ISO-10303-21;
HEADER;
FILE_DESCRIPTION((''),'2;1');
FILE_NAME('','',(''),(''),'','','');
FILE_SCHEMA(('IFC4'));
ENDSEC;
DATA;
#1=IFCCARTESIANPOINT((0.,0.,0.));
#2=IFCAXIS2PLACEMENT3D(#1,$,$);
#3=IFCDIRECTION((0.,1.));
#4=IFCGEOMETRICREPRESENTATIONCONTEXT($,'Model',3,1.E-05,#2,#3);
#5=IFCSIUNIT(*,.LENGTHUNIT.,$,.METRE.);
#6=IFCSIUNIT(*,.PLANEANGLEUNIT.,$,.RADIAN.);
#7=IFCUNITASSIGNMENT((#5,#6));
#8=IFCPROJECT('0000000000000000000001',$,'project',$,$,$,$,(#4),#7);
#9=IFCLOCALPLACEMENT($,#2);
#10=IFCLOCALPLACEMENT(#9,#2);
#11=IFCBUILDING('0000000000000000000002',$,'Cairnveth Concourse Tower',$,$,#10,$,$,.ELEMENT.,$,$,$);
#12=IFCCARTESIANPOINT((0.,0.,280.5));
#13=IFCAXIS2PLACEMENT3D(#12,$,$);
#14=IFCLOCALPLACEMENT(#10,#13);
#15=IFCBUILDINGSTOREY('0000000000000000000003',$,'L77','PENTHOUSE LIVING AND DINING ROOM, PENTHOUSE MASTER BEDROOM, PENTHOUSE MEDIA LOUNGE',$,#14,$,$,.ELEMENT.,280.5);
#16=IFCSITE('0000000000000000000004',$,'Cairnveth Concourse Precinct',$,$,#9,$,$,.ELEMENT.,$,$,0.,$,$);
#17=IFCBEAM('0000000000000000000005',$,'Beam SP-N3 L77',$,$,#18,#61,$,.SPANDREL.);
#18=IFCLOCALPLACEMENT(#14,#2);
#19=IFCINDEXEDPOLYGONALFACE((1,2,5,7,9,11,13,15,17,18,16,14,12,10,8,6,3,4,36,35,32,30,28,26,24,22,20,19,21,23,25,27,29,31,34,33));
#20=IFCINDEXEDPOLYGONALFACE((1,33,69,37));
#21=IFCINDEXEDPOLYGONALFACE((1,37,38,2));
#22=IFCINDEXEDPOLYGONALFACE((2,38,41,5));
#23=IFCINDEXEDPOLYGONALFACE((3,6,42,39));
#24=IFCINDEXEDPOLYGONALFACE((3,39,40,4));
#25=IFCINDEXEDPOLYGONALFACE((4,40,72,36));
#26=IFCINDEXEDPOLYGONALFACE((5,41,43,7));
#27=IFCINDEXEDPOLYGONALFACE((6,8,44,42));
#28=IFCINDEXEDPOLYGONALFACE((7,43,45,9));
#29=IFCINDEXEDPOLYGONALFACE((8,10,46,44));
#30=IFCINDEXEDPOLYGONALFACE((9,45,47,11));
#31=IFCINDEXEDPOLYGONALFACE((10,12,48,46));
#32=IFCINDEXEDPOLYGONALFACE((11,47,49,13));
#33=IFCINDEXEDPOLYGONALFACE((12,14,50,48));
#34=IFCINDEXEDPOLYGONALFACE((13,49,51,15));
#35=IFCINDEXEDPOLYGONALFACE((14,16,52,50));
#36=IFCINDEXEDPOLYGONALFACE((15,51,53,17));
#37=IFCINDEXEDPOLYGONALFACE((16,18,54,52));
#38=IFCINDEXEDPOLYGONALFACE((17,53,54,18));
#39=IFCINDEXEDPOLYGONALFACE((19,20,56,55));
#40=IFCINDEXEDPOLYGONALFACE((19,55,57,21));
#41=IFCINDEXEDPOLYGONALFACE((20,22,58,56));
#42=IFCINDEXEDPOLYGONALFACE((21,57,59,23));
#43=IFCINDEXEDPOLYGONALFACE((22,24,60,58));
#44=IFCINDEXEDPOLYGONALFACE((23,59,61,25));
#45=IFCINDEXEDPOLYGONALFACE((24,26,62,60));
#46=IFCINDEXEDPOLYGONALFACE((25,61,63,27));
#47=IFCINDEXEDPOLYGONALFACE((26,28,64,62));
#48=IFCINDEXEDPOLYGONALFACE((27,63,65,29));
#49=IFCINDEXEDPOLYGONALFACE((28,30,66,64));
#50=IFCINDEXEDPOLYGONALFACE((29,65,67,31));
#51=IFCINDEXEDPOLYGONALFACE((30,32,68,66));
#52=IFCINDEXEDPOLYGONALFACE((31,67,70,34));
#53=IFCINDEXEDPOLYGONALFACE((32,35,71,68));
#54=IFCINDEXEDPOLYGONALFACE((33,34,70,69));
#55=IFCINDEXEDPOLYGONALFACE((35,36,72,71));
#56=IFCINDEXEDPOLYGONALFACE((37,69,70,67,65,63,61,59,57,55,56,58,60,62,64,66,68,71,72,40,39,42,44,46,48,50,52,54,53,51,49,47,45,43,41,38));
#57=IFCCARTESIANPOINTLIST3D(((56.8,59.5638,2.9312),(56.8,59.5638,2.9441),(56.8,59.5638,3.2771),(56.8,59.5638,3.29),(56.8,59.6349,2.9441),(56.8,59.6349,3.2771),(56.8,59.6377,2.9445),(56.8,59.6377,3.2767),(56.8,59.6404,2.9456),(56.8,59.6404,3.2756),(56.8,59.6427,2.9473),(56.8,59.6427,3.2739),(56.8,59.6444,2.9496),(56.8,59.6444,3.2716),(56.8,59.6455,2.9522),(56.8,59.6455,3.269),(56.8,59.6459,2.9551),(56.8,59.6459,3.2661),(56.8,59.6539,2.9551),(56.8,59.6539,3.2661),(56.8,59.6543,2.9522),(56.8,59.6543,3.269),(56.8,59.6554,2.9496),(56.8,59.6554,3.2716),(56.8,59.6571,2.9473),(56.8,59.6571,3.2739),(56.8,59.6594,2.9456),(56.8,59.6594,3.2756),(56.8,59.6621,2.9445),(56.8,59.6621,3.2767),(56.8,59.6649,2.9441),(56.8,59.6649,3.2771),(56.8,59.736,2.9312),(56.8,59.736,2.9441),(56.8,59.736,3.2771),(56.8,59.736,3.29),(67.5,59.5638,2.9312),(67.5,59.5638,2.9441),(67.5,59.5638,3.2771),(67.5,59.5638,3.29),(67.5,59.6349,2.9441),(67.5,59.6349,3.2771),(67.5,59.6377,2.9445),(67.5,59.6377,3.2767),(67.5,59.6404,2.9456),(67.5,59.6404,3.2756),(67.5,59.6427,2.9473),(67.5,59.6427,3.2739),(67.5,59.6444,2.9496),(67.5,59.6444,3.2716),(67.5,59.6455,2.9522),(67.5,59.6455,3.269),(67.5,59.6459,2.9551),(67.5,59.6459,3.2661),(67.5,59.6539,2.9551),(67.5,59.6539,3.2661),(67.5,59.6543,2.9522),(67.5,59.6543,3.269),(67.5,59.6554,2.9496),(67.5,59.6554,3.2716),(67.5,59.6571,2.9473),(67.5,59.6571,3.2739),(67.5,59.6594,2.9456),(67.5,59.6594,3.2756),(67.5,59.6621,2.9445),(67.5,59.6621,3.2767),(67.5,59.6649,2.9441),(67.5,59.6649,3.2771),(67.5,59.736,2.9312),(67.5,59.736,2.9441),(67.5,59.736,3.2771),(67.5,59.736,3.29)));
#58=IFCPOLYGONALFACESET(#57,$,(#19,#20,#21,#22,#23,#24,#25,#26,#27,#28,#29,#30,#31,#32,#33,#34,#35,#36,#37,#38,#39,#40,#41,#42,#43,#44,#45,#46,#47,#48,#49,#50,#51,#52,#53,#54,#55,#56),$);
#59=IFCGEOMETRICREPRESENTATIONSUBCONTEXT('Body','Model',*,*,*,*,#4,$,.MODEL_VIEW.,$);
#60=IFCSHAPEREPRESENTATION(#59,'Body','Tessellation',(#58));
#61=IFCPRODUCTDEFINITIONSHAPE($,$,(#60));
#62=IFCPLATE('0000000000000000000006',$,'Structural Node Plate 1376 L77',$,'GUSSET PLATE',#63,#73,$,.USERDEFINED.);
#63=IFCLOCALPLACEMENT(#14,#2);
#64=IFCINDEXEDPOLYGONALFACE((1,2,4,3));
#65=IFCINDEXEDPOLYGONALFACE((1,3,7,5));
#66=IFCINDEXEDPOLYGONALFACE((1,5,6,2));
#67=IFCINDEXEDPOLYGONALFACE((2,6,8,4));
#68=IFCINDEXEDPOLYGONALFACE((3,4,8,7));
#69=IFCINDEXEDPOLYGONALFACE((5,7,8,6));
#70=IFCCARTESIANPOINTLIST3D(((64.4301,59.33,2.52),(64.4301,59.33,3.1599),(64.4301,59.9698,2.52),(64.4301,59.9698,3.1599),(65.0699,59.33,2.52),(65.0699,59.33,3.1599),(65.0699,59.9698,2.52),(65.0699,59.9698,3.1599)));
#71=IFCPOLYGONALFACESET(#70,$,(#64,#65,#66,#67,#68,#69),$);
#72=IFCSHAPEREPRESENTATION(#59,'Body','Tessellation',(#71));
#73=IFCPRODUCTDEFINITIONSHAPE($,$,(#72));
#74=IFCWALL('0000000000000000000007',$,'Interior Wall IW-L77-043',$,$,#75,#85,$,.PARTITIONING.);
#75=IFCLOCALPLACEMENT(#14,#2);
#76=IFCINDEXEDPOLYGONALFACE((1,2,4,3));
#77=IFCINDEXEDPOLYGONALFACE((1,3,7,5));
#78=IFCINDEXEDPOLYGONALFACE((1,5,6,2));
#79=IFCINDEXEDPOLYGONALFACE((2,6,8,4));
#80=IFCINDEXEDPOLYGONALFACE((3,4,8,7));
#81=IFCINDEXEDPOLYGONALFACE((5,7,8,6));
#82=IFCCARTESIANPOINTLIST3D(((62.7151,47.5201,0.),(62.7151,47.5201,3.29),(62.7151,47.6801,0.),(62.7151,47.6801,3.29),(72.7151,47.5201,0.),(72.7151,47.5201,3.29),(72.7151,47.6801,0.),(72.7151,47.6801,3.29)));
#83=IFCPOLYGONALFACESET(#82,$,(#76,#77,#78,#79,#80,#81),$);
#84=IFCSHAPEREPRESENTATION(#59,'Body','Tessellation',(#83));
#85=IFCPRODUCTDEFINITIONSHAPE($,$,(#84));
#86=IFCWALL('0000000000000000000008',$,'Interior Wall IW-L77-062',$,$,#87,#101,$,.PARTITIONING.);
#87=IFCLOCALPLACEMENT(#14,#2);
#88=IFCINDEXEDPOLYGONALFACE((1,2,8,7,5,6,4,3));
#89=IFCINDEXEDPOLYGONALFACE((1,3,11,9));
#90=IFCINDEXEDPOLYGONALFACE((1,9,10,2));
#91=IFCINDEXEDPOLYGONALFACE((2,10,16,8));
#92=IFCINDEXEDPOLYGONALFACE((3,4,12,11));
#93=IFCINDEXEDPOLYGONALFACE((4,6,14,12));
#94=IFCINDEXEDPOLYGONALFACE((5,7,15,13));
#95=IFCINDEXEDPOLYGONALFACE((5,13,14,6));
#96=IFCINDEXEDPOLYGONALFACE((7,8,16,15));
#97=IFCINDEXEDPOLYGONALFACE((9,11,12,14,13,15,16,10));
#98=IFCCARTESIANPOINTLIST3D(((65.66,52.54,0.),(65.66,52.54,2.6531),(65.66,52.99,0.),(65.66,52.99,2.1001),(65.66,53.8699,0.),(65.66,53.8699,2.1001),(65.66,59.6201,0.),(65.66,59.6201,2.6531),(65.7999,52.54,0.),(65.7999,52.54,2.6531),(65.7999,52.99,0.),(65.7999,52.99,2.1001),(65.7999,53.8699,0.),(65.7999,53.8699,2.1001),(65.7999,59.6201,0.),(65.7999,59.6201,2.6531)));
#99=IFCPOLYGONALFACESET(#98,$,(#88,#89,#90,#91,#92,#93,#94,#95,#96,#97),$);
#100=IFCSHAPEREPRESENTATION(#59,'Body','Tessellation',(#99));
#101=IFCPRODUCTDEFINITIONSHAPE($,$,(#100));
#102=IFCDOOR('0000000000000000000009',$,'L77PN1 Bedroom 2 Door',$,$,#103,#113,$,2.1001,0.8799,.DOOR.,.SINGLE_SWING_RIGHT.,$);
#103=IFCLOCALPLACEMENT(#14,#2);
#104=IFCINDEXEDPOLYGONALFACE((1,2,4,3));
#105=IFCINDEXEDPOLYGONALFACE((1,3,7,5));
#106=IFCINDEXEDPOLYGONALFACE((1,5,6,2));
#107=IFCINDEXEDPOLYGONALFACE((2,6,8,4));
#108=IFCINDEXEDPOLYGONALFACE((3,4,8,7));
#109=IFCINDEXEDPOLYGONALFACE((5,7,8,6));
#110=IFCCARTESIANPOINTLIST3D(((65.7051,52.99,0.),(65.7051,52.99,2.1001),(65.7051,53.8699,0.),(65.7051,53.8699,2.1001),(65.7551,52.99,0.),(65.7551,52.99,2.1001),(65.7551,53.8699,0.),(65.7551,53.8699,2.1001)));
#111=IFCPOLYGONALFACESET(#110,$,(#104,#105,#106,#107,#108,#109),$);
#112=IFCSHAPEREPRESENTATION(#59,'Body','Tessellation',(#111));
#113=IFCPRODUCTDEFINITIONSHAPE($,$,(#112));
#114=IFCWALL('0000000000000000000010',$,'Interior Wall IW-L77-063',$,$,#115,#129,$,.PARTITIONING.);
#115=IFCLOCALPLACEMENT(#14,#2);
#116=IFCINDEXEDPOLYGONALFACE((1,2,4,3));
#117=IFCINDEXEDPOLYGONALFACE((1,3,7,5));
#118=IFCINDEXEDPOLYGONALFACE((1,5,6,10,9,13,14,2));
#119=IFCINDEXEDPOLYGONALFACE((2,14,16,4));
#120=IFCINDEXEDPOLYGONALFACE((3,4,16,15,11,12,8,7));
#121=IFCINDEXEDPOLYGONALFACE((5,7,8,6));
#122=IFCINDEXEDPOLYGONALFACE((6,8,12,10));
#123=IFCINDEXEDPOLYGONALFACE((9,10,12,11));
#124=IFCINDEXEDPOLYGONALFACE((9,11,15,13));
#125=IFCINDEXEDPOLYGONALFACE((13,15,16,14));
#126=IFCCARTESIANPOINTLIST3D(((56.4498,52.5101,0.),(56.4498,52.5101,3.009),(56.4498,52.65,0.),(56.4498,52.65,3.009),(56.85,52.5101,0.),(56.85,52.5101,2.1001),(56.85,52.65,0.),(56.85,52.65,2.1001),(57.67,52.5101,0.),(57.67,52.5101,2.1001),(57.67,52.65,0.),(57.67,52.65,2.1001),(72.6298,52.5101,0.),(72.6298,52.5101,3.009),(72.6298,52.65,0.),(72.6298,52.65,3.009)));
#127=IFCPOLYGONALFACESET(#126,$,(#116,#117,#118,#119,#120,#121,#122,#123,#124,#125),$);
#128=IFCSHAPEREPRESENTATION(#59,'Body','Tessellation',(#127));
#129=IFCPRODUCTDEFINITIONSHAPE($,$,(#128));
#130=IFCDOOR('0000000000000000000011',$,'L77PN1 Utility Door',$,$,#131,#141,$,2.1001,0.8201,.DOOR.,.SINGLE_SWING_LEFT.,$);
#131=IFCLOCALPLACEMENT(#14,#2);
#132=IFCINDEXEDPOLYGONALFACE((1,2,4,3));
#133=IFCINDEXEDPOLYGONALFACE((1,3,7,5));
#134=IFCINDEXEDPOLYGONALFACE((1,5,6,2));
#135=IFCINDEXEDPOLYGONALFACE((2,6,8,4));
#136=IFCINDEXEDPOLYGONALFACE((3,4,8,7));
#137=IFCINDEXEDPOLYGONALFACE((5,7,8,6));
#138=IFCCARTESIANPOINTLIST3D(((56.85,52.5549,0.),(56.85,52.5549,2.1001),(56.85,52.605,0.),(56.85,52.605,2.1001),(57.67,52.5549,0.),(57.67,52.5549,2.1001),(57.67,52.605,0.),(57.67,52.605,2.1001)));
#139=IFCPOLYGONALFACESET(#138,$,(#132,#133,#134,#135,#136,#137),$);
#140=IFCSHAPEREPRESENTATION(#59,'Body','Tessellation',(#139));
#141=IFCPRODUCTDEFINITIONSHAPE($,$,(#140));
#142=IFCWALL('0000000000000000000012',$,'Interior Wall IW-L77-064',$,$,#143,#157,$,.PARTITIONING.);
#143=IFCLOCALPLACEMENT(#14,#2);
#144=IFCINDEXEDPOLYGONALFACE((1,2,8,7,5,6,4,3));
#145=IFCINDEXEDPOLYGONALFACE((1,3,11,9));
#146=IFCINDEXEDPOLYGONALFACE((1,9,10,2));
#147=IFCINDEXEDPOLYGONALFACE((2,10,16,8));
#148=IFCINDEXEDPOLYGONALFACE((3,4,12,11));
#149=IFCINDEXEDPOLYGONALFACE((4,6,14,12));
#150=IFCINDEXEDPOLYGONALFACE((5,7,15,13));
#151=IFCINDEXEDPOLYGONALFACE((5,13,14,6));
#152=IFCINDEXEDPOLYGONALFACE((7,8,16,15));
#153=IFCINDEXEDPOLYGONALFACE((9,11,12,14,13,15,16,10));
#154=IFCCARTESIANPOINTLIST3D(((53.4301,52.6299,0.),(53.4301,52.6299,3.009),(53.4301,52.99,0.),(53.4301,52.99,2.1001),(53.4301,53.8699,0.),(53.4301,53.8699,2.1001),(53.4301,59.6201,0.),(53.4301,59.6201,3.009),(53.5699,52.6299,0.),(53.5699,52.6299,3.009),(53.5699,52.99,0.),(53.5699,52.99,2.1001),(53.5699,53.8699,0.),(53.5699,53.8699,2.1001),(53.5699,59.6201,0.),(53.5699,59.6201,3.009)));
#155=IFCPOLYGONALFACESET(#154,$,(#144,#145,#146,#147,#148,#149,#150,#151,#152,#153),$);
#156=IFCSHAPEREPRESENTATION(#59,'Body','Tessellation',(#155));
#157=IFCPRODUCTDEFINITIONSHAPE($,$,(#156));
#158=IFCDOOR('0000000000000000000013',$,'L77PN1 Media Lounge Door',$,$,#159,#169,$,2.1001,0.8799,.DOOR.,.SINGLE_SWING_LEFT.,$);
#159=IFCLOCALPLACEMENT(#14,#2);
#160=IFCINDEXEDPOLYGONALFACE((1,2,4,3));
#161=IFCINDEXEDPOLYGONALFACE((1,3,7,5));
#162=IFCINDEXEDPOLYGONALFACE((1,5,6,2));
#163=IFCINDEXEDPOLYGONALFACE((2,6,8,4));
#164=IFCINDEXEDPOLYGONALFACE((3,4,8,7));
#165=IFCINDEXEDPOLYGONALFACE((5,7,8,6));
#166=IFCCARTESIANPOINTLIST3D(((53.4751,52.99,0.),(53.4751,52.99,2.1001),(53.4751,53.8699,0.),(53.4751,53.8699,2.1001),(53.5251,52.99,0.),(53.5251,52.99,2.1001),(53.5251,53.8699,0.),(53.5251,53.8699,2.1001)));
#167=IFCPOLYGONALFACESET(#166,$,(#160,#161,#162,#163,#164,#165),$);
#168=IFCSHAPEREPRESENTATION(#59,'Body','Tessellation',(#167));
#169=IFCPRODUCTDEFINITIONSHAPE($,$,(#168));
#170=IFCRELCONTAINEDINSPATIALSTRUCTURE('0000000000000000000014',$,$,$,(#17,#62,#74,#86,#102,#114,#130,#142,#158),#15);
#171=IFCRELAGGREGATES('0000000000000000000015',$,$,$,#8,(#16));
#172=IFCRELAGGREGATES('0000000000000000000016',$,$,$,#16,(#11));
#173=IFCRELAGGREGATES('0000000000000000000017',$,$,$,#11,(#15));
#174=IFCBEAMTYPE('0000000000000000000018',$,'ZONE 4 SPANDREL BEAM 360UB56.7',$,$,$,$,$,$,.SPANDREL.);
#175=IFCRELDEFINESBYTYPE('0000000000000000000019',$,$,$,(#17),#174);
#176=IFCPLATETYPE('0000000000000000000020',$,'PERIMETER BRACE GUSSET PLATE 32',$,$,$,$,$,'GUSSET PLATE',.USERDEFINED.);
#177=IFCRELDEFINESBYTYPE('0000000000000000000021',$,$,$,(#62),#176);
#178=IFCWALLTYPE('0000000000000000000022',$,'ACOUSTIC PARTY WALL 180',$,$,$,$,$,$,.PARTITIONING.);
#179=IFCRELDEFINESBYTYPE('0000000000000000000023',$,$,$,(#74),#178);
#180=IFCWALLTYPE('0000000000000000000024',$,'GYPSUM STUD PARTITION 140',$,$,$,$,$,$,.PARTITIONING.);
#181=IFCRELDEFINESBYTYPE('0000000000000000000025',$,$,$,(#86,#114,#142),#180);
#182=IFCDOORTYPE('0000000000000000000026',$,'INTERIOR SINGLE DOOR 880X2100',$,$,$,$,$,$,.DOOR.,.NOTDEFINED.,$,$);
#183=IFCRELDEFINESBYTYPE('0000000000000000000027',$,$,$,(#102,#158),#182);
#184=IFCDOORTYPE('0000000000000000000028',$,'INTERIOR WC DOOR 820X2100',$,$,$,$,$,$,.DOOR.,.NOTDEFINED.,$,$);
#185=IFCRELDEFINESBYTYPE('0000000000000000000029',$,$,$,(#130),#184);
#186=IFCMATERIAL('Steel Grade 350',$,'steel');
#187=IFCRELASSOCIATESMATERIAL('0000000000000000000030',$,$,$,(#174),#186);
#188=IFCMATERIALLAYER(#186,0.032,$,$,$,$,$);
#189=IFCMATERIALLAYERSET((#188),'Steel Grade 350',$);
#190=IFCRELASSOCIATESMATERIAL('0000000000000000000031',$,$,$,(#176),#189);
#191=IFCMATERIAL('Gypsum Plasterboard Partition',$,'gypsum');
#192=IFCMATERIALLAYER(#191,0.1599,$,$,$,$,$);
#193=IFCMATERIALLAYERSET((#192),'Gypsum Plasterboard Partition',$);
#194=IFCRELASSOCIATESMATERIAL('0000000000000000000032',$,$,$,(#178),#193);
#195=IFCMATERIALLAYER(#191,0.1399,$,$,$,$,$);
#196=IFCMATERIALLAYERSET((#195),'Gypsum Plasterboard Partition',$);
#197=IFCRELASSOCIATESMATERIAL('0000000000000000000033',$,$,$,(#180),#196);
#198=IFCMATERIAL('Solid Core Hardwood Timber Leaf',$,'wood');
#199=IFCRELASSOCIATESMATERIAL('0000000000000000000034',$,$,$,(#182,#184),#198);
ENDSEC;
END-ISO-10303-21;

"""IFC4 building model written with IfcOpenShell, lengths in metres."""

from ifc_helpers import new_model, si_unit, direction, frame, frame_2d, origin, origin_2d, place, context, subcontext, project, spatial, rectangle, i_section, extrude, material, layer, layer_set, material_profile, profile_set, type_object, element, fill, save


model = new_model("IFC4")

# Units and contexts
model_context = context("Model", 3, precision=1e-05, world=origin(), true_north=direction((0.0, 1.0)))
body_context = subcontext(model_context, "Body", "Model", "MODEL_VIEW")
ifc_project = project(units=[si_unit("LENGTHUNIT", "METRE"), si_unit("PLANEANGLEUNIT", "RADIAN")], contexts=[model_context])

# Site, building, storey
site_placement = place(None, origin())
site = spatial("IfcSite", under=ifc_project, at=site_placement, Name="Cairnveth Concourse Precinct", CompositionType="ELEMENT", RefElevation=0.0)
building_placement = place(site_placement, origin())
building = spatial("IfcBuilding", under=site, at=building_placement, Name="Cairnveth Concourse Tower", CompositionType="ELEMENT")
storey_placement = place(building_placement, frame((0.0, 0.0, 280.5)))
storey = spatial("IfcBuildingStorey", under=building, at=storey_placement, Name="L77", Description="PENTHOUSE LIVING AND DINING ROOM, PENTHOUSE MASTER BEDROOM, PENTHOUSE MEDIA LOUNGE", CompositionType="ELEMENT", Elevation=280.5)

# Shared definitions
ifc_material_1 = material(Name="Steel Grade 350", Category="steel")

# Beam
ifc_material_profile_1 = material_profile(ifc_material_1, i_section(OverallWidth=0.1721, OverallDepth=0.3589, WebThickness=0.0081, FlangeThickness=0.0129, FilletRadius=0.011, at=origin_2d()), Name="360UB56.7")
ifc_profile_set_1 = profile_set([ifc_material_profile_1], Name="Steel Grade 350")
beam_type_1 = type_object("IfcBeamType", Name="ZONE 4 SPANDREL BEAM 360UB56.7", PredefinedType="SPANDREL", material=ifc_profile_set_1)
beam_1_placement = place(storey_placement, frame((56.8, 59.6499, 3.1106), z_axis=(1.0, 0.0, 0.0), x_axis=(0.0, 1.0, 0.0)))
element("IfcBeam", 1, at=beam_1_placement, inside=storey, type_object=beam_type_1, Name="Beam SP-N3 L77", PredefinedType="SPANDREL", context=body_context, shape_type="SweptSolid", body=[
    extrude(i_section(OverallWidth=0.1721, OverallDepth=0.3589, WebThickness=0.0081, FlangeThickness=0.0129, FilletRadius=0.011, at=origin_2d()), origin(), (0.0, 0.0, 1.0), 10.7),
])

# Plate
ifc_layer_1 = layer(ifc_material_1, 0.032)
ifc_layer_set_1 = layer_set([ifc_layer_1], Name="Steel Grade 350")
plate_type = type_object("IfcPlateType", Name="PERIMETER BRACE GUSSET PLATE 32", ElementType="GUSSET PLATE", PredefinedType="USERDEFINED", material=ifc_layer_set_1)
plate_placement = place(storey_placement, frame((64.75, 59.6499, 2.52), z_axis=(0.0, 0.0, 1.0), x_axis=(1.0, 0.0, 0.0)))
element("IfcPlate", 2, at=plate_placement, inside=storey, type_object=plate_type, Name="Structural Node Plate 1376 L77", ObjectType="GUSSET PLATE", PredefinedType="USERDEFINED", context=body_context, shape_type="SweptSolid", body=[
    extrude(rectangle(XDim=0.6399, YDim=0.6399, at=origin_2d()), origin(), (0.0, 0.0, 1.0), 0.6399),
])

# Wall
ifc_material_2 = material(Name="Gypsum Plasterboard Partition", Category="gypsum")
ifc_layer_2 = layer(ifc_material_2, 0.1599)
ifc_layer_set_2 = layer_set([ifc_layer_2], Name="Gypsum Plasterboard Partition")
wall_type_1 = type_object("IfcWallType", Name="ACOUSTIC PARTY WALL 180", PredefinedType="PARTITIONING", material=ifc_layer_set_2)
wall_1_placement = place(storey_placement, frame((62.7151, 47.6001, 0.0), z_axis=(0.0, 0.0, 1.0), x_axis=(1.0, 0.0, 0.0)))
element("IfcWall", 3, at=wall_1_placement, inside=storey, type_object=wall_type_1, Name="Interior Wall IW-L77-043", PredefinedType="PARTITIONING", context=body_context, shape_type="SweptSolid", body=[
    extrude(rectangle(XDim=10.0, YDim=0.1599, at=frame_2d((5.0, 0.0))), origin(), (0.0, 0.0, 1.0), 3.29),
])

# Walls, openings, doors
ifc_layer_3 = layer(ifc_material_2, 0.1399)
ifc_layer_set_3 = layer_set([ifc_layer_3], Name="Gypsum Plasterboard Partition")
wall_type_2 = type_object("IfcWallType", Name="GYPSUM STUD PARTITION 140", PredefinedType="PARTITIONING", material=ifc_layer_set_3)
wall_2_placement = place(storey_placement, frame((65.73, 52.54, 0.0), z_axis=(0.0, 0.0, 1.0), x_axis=(0.0, 1.0, 0.0)))
wall_2 = element("IfcWall", 4, at=wall_2_placement, inside=storey, type_object=wall_type_2, Name="Interior Wall IW-L77-062", PredefinedType="PARTITIONING", context=body_context, shape_type="SweptSolid", body=[
    extrude(rectangle(XDim=7.0801, YDim=0.1399, at=frame_2d((3.54, 0.0))), origin(), (0.0, 0.0, 1.0), 2.6531),
])
opening_1_placement = place(wall_2_placement, frame((0.45, 0.0, 0.0)))
opening_1 = element("IfcOpeningElement", 5, at=opening_1_placement, cuts=wall_2, PredefinedType="OPENING", context=body_context, shape_type="SweptSolid", body=[
    extrude(rectangle(XDim=0.8799, YDim=2.1001, at=frame_2d((0.4399, 1.05))), frame((0.0, 0.0798, 0.0), z_axis=(0.0, -1.0, 0.0), x_axis=(1.0, 0.0, 0.0)), (0.0, 0.0, 1.0), 0.1599),
])
ifc_material_3 = material(Name="Solid Core Hardwood Timber Leaf", Category="wood")
door_type_1 = type_object("IfcDoorType", Name="INTERIOR SINGLE DOOR 880X2100", OperationType="NOTDEFINED", PredefinedType="DOOR", material=ifc_material_3)
door_1_placement = place(opening_1_placement, origin())
door_1 = element("IfcDoor", 6, at=door_1_placement, inside=storey, type_object=door_type_1, Name="L77PN1 Bedroom 2 Door", OperationType="SINGLE_SWING_RIGHT", OverallHeight=2.1001, OverallWidth=0.8799, PredefinedType="DOOR", context=body_context, shape_type="SweptSolid", body=[
    extrude(rectangle(XDim=0.8799, YDim=2.1001, at=frame_2d((0.4399, 1.05))), frame((0.0, 0.0249, 0.0), z_axis=(0.0, -1.0, 0.0), x_axis=(1.0, 0.0, 0.0)), (0.0, 0.0, 1.0), 0.05),
])
fill(opening_1, door_1)
wall_3_placement = place(storey_placement, frame((56.45, 52.5801, 0.0), z_axis=(0.0, 0.0, 1.0), x_axis=(1.0, 0.0, 0.0)))
wall_3 = element("IfcWall", 7, at=wall_3_placement, inside=storey, type_object=wall_type_2, Name="Interior Wall IW-L77-063", PredefinedType="PARTITIONING", context=body_context, shape_type="SweptSolid", body=[
    extrude(rectangle(XDim=16.1799, YDim=0.1399, at=frame_2d((8.0898, 0.0))), origin(), (0.0, 0.0, 1.0), 3.009),
])
opening_2_placement = place(wall_3_placement, frame((0.3999, 0.0, 0.0)))
opening_2 = element("IfcOpeningElement", 8, at=opening_2_placement, cuts=wall_3, PredefinedType="OPENING", context=body_context, shape_type="SweptSolid", body=[
    extrude(rectangle(XDim=0.8201, YDim=2.1001, at=frame_2d((0.4102, 1.05))), frame((0.0, 0.0798, 0.0), z_axis=(0.0, -1.0, 0.0), x_axis=(1.0, 0.0, 0.0)), (0.0, 0.0, 1.0), 0.1599),
])
door_type_2 = type_object("IfcDoorType", Name="INTERIOR WC DOOR 820X2100", OperationType="NOTDEFINED", PredefinedType="DOOR", material=ifc_material_3)
door_2_placement = place(opening_2_placement, origin())
door_2 = element("IfcDoor", 9, at=door_2_placement, inside=storey, type_object=door_type_2, Name="L77PN1 Utility Door", OperationType="SINGLE_SWING_LEFT", OverallHeight=2.1001, OverallWidth=0.8201, PredefinedType="DOOR", context=body_context, shape_type="SweptSolid", body=[
    extrude(rectangle(XDim=0.8201, YDim=2.1001, at=frame_2d((0.4102, 1.05))), frame((0.0, 0.0249, 0.0), z_axis=(0.0, -1.0, 0.0), x_axis=(1.0, 0.0, 0.0)), (0.0, 0.0, 1.0), 0.05),
])
fill(opening_2, door_2)
wall_4_placement = place(storey_placement, frame((53.5, 52.6299, 0.0), z_axis=(0.0, 0.0, 1.0), x_axis=(0.0, 1.0, 0.0)))
wall_4 = element("IfcWall", 10, at=wall_4_placement, inside=storey, type_object=wall_type_2, Name="Interior Wall IW-L77-064", PredefinedType="PARTITIONING", context=body_context, shape_type="SweptSolid", body=[
    extrude(rectangle(XDim=6.9902, YDim=0.1399, at=frame_2d((3.4951, 0.0))), origin(), (0.0, 0.0, 1.0), 3.009),
])
opening_3_placement = place(wall_4_placement, frame((0.3601, 0.0, 0.0)))
opening_3 = element("IfcOpeningElement", 11, at=opening_3_placement, cuts=wall_4, PredefinedType="OPENING", context=body_context, shape_type="SweptSolid", body=[
    extrude(rectangle(XDim=0.8799, YDim=2.1001, at=frame_2d((0.4399, 1.05))), frame((0.0, 0.0798, 0.0), z_axis=(0.0, -1.0, 0.0), x_axis=(1.0, 0.0, 0.0)), (0.0, 0.0, 1.0), 0.1599),
])
door_3_placement = place(opening_3_placement, origin())
door_3 = element("IfcDoor", 12, at=door_3_placement, inside=storey, type_object=door_type_1, Name="L77PN1 Media Lounge Door", OperationType="SINGLE_SWING_LEFT", OverallHeight=2.1001, OverallWidth=0.8799, PredefinedType="DOOR", context=body_context, shape_type="SweptSolid", body=[
    extrude(rectangle(XDim=0.8799, YDim=2.1001, at=frame_2d((0.4399, 1.05))), frame((0.0, 0.0249, 0.0), z_axis=(0.0, -1.0, 0.0), x_axis=(1.0, 0.0, 0.0)), (0.0, 0.0, 1.0), 0.05),
])
fill(opening_3, door_3)

save(model, "model.ifc")
